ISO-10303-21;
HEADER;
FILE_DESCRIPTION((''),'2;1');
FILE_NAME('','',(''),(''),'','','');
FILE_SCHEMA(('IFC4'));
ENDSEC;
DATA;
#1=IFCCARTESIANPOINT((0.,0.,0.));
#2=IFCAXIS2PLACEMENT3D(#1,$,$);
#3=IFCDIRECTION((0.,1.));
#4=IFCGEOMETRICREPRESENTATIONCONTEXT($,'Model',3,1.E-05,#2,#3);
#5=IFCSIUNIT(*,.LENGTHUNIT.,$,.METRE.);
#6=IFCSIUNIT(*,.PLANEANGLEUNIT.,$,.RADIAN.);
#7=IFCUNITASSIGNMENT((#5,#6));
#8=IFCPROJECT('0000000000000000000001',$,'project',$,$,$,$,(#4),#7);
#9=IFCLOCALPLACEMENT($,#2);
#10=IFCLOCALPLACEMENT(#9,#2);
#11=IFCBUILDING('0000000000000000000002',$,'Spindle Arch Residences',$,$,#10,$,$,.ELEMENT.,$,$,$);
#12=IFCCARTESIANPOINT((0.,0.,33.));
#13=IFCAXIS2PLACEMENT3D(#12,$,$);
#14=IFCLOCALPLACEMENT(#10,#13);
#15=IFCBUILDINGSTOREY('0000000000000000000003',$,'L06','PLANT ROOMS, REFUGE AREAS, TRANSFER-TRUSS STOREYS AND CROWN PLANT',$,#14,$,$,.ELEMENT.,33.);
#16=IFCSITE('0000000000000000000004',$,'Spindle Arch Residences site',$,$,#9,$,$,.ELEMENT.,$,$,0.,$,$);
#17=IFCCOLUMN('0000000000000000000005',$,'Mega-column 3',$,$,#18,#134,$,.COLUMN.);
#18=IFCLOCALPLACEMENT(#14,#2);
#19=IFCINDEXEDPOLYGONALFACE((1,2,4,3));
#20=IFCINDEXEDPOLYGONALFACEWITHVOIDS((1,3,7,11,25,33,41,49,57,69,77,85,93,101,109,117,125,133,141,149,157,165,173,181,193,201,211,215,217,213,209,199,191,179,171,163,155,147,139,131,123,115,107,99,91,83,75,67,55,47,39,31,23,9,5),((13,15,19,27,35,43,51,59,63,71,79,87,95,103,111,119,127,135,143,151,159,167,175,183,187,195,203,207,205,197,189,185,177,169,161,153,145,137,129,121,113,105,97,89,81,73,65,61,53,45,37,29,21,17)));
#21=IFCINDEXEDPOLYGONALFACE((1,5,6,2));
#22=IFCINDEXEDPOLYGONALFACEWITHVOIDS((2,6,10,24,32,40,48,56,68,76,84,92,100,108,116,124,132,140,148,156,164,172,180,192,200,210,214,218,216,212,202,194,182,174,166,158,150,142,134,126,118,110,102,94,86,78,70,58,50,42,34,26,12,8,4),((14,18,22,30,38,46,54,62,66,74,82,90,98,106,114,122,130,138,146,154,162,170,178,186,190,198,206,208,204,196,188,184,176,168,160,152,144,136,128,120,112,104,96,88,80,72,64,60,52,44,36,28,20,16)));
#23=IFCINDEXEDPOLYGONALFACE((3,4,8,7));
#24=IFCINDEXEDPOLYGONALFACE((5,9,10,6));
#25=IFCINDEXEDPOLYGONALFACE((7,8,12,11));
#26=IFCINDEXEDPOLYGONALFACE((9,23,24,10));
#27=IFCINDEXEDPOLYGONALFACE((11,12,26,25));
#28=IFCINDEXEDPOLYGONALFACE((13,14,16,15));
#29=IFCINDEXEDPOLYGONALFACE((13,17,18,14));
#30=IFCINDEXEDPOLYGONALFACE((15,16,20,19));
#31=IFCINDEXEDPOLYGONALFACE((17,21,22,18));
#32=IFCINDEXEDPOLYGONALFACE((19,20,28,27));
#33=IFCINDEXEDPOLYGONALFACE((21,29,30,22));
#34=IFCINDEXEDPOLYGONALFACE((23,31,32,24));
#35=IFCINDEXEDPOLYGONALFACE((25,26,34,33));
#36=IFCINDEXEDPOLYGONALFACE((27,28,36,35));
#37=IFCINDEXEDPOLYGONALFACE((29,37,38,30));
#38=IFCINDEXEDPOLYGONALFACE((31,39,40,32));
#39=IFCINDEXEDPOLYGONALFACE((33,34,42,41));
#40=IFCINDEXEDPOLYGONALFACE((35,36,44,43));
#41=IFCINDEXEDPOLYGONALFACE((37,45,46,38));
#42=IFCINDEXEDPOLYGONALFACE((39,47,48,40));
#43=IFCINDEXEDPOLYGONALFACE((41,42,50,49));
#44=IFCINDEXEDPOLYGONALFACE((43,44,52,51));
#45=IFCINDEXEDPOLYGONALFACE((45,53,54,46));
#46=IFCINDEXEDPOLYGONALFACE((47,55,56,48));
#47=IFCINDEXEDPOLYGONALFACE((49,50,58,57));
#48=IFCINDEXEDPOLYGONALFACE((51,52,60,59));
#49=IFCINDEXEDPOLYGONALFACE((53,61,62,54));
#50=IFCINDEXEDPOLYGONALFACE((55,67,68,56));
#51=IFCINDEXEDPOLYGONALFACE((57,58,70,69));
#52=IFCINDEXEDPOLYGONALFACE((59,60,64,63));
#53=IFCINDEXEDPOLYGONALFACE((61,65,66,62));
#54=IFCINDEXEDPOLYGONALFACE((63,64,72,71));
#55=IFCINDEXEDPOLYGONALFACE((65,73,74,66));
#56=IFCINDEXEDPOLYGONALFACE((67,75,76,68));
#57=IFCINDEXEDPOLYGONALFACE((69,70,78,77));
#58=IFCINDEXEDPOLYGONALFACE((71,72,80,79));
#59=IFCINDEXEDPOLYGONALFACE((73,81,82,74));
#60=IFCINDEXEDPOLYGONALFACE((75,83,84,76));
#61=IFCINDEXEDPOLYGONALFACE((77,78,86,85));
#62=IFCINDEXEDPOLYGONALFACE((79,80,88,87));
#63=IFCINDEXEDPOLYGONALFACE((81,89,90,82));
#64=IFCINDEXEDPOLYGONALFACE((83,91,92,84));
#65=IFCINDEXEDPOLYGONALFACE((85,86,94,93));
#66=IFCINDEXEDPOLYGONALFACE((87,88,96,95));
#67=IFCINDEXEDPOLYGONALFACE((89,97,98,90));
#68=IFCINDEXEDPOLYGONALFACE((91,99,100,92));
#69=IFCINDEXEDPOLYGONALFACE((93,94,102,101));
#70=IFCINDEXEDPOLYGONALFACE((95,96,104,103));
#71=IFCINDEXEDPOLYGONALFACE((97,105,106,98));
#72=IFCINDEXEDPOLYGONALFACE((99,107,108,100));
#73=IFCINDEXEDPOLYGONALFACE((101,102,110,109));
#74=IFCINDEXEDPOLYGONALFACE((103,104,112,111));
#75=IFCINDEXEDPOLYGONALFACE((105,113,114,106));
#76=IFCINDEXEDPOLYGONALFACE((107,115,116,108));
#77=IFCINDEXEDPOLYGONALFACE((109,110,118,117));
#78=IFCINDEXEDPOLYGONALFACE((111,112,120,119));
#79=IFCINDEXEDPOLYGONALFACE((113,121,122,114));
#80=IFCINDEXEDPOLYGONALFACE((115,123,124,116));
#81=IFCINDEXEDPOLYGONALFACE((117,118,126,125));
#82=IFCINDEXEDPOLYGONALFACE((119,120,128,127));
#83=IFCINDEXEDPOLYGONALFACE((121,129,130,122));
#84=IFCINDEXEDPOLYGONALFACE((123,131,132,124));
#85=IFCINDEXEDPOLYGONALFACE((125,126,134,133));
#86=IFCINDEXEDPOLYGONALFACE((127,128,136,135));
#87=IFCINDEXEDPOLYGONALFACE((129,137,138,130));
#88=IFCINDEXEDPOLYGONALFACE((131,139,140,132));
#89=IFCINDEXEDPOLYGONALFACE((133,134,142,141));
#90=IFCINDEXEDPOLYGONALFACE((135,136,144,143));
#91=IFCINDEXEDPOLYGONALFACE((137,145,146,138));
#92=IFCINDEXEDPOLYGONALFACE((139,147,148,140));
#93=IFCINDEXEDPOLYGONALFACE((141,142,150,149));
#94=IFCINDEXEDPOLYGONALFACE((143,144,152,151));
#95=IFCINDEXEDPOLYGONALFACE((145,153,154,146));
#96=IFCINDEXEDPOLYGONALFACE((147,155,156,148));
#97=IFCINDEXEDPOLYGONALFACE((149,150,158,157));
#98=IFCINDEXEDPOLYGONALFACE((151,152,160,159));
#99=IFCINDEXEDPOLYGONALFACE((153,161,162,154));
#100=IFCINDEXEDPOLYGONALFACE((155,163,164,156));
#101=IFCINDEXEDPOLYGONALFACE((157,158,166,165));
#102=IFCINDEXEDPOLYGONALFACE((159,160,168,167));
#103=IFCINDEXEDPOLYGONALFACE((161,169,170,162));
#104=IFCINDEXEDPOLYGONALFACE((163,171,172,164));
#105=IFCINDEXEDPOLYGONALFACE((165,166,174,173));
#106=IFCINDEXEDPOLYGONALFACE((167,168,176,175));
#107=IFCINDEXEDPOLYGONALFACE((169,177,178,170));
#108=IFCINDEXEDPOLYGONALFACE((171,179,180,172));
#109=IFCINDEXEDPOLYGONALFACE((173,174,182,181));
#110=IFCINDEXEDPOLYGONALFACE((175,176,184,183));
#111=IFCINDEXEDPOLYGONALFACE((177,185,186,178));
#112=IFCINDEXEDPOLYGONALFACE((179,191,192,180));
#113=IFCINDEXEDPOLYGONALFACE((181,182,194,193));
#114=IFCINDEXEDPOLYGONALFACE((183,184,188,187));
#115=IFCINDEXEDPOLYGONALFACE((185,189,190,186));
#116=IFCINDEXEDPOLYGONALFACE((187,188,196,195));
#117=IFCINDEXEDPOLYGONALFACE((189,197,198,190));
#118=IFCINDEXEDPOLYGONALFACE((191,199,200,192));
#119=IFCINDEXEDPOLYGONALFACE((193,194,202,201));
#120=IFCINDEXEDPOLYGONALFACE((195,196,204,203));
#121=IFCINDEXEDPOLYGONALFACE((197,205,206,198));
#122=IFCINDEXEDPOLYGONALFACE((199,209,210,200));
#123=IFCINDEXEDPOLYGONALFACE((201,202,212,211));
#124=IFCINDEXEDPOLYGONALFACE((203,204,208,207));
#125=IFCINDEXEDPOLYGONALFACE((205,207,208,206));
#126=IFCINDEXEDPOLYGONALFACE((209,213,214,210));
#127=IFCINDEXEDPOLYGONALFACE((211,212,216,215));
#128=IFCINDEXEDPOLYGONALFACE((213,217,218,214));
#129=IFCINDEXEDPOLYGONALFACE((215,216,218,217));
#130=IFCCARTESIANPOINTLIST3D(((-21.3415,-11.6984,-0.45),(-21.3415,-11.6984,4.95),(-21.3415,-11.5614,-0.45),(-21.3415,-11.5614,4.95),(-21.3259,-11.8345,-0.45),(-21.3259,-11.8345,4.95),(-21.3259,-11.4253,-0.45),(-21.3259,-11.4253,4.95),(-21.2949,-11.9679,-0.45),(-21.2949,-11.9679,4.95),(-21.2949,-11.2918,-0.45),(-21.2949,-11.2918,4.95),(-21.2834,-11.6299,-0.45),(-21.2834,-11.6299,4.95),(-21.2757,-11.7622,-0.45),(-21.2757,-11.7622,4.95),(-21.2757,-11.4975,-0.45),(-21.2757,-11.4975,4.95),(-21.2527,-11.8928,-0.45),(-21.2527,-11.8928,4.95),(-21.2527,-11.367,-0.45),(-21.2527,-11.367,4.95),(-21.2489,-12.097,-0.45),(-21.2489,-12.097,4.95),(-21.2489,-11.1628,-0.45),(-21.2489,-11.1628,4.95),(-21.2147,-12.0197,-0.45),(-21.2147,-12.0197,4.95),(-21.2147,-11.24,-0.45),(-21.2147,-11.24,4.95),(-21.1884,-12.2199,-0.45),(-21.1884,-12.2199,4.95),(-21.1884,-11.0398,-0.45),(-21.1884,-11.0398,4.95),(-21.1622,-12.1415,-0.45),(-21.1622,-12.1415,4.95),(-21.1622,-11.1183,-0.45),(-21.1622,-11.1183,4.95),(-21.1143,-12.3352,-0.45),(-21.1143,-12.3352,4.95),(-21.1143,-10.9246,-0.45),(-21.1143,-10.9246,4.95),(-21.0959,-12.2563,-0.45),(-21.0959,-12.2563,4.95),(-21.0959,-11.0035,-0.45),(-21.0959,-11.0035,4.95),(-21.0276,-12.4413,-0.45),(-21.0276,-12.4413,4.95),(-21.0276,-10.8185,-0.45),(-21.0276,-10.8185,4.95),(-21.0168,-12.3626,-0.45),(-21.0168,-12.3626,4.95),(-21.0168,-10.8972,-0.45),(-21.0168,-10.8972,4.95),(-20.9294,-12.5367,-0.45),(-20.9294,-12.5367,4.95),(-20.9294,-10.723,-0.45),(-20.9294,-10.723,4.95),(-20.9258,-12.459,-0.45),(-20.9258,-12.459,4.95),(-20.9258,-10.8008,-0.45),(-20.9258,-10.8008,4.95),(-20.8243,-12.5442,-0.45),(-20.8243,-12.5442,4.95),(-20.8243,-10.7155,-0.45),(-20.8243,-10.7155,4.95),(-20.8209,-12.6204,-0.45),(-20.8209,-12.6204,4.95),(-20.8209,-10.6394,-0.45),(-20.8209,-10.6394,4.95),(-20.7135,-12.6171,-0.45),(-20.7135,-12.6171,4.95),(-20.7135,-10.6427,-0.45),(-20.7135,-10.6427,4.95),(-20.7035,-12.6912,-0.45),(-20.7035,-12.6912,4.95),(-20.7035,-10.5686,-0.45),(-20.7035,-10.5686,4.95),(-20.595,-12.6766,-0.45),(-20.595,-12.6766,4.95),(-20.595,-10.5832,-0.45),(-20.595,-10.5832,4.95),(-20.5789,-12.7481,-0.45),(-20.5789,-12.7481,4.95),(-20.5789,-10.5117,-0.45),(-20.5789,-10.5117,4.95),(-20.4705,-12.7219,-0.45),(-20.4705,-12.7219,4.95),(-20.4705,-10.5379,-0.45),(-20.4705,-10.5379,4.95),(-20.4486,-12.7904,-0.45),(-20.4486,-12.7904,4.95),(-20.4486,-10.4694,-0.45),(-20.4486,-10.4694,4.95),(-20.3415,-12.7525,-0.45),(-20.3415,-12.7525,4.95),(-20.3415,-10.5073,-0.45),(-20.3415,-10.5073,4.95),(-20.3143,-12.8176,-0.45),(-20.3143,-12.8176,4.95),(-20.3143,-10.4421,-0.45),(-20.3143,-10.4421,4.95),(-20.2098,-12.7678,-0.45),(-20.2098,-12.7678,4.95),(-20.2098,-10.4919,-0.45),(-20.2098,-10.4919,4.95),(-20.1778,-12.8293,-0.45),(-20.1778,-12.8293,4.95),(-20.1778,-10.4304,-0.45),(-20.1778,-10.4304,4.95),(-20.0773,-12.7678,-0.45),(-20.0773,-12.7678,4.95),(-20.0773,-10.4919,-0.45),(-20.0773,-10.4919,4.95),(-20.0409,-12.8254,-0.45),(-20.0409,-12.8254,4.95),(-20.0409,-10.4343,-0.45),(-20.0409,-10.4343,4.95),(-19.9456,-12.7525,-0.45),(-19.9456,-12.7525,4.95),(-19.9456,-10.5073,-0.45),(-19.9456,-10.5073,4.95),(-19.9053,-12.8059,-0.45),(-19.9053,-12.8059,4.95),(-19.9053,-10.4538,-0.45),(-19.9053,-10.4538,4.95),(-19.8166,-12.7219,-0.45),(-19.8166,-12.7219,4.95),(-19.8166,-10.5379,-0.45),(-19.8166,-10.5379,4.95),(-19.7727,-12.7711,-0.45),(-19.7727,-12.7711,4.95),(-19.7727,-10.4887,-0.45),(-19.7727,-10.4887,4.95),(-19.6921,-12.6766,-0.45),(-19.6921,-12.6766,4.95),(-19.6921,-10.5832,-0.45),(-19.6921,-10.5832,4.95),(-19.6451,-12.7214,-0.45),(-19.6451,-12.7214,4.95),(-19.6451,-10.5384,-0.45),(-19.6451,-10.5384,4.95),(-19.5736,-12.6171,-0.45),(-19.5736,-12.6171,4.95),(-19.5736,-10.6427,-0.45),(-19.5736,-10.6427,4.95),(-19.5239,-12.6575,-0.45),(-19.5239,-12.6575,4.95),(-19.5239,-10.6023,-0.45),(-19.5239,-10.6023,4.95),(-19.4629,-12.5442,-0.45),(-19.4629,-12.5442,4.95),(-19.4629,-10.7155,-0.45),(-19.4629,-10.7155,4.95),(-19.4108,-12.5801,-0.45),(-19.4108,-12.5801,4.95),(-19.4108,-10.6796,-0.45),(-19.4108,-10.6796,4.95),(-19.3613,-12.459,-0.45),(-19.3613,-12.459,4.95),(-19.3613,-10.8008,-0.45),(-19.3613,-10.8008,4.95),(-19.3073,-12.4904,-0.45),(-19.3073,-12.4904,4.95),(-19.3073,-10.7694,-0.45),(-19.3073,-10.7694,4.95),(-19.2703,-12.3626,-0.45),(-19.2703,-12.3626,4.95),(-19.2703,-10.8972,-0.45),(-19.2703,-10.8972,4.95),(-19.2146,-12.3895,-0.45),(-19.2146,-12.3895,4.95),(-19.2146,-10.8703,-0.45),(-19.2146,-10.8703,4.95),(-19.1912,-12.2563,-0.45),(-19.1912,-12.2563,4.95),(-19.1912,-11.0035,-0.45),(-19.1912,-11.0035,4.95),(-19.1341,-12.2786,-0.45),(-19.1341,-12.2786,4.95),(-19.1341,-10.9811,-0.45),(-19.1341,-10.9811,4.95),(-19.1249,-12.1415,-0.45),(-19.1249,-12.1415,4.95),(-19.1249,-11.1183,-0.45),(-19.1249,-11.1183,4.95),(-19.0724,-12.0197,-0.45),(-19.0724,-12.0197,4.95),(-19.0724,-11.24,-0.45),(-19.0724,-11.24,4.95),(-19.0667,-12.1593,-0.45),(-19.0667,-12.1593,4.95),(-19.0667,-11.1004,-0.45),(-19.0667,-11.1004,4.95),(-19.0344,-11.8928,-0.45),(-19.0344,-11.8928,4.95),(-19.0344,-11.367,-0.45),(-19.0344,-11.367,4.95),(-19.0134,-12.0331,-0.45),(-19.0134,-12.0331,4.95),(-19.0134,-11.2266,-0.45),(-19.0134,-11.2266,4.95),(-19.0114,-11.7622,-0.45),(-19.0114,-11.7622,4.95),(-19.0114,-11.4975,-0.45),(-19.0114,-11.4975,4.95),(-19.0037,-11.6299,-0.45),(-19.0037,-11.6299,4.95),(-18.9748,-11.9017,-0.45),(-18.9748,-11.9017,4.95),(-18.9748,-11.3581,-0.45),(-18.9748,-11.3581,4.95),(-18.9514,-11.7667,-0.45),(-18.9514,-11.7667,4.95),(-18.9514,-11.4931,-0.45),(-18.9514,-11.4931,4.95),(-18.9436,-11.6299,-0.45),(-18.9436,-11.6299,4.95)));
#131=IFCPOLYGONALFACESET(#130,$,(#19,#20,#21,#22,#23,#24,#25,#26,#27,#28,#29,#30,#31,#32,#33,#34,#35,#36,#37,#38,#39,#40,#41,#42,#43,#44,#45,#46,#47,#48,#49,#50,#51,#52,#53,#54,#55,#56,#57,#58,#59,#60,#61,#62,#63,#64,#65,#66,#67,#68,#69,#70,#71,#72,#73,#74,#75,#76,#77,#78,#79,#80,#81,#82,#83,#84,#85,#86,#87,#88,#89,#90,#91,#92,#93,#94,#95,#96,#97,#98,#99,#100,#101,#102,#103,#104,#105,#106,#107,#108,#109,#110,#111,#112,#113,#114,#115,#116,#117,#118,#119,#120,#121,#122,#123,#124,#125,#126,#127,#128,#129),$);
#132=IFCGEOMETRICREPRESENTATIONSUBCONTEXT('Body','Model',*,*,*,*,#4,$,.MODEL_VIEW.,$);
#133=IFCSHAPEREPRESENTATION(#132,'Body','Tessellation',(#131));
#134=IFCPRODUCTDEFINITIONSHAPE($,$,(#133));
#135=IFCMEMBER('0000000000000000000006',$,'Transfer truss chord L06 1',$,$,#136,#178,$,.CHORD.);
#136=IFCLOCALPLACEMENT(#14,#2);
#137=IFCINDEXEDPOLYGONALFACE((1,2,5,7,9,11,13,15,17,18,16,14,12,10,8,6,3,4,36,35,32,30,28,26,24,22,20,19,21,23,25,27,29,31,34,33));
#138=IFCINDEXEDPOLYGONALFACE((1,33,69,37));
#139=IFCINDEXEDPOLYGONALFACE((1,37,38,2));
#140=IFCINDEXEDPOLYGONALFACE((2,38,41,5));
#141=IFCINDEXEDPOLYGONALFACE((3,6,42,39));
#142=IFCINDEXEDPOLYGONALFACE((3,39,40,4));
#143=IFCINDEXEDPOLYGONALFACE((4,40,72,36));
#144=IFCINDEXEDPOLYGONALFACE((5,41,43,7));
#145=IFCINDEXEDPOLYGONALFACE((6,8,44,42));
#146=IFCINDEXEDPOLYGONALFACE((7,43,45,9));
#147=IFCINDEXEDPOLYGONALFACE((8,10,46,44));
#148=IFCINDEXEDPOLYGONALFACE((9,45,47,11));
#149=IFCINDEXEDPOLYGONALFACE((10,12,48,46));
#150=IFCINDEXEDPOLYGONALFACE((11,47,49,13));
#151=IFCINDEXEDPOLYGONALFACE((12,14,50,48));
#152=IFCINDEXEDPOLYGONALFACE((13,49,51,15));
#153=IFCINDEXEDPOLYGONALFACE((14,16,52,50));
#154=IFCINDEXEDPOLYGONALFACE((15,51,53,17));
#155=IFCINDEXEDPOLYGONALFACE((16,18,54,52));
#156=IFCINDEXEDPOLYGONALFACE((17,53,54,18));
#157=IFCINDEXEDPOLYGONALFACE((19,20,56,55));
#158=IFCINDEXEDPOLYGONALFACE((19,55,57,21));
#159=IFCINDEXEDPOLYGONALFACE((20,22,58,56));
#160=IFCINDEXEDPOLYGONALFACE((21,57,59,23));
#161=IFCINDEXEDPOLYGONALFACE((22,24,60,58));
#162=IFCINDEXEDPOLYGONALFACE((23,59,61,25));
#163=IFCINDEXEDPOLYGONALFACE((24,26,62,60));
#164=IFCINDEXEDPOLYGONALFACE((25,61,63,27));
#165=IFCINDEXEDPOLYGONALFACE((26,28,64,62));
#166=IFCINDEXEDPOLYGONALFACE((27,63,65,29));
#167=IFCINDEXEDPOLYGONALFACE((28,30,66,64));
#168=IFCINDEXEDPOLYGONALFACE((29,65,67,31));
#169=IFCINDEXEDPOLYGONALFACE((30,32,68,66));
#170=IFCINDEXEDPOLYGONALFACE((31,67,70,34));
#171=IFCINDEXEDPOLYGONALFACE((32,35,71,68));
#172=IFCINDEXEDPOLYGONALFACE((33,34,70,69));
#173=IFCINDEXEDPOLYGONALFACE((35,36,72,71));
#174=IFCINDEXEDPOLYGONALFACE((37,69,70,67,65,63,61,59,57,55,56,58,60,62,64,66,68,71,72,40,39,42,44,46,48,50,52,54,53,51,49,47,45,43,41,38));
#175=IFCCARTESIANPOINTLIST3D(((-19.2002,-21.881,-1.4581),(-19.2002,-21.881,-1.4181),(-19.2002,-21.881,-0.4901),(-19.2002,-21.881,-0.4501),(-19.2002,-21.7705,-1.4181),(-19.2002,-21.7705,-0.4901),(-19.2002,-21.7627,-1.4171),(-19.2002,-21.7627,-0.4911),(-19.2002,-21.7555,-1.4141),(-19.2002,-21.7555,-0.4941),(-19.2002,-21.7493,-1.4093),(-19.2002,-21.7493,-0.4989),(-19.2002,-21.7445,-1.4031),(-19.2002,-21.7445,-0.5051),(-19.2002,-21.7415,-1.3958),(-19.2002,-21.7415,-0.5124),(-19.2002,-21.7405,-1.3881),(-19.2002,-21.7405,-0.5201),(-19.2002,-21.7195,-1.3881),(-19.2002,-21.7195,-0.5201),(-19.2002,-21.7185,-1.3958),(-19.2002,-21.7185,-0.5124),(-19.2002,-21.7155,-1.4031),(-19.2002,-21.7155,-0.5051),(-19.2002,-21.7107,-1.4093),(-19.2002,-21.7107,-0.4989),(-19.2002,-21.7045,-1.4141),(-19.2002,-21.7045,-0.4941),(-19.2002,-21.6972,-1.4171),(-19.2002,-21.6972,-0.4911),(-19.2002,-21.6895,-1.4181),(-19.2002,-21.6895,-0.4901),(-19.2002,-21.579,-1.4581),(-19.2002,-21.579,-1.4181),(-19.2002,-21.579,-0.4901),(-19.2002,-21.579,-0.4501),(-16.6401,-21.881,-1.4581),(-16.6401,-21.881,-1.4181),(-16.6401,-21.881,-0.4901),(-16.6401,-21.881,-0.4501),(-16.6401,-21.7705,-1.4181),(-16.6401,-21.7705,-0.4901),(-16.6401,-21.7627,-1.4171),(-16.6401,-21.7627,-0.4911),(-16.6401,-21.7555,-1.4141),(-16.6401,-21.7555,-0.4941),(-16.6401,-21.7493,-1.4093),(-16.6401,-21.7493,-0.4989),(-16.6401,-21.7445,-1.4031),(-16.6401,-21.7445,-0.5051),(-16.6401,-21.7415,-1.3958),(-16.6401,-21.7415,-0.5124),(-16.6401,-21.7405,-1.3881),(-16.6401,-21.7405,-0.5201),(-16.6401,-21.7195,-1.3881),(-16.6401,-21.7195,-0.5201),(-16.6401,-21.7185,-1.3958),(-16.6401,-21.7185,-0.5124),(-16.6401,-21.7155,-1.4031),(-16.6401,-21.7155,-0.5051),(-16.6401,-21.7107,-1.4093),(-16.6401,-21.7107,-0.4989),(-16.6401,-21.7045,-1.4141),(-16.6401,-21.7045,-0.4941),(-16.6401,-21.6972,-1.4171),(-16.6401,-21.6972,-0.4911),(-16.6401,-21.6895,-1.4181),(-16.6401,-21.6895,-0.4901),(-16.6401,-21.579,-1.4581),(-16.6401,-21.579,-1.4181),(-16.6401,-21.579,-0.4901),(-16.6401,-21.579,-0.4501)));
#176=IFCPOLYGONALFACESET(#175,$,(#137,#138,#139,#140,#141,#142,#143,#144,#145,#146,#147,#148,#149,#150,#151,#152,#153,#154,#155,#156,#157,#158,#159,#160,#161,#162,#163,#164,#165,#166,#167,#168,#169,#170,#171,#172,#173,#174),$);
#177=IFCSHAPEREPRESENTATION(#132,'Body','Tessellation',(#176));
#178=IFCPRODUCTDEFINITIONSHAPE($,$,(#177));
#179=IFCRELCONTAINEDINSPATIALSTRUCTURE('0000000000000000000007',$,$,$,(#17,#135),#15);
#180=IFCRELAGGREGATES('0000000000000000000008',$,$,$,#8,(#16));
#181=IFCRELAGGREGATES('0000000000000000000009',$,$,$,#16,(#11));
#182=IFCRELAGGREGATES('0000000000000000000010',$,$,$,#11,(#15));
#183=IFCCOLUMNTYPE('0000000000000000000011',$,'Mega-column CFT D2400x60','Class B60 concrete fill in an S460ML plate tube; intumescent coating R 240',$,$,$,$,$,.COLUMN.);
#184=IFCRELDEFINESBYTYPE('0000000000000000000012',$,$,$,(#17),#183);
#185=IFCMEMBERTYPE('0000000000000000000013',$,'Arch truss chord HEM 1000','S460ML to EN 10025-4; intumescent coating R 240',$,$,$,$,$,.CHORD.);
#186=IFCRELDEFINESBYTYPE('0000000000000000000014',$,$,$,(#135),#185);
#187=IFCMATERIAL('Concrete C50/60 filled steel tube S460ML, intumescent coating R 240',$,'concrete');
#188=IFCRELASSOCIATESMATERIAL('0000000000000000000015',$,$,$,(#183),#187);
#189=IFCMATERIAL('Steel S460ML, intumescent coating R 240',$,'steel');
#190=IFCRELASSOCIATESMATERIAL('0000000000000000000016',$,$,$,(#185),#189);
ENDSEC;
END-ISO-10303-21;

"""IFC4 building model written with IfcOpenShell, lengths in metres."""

from ifc_helpers import new_model, si_unit, direction, frame, origin, origin_2d, place, context, subcontext, project, spatial, hollow_circle, i_section, extrude, material, material_profile, profile_set, type_object, element, save


model = new_model("IFC4")

# Units and contexts
model_context = context("Model", 3, precision=1e-05, world=origin(), true_north=direction((0.0, 1.0)))
body_context = subcontext(model_context, "Body", "Model", "MODEL_VIEW")
ifc_project = project(units=[si_unit("LENGTHUNIT", "METRE"), si_unit("PLANEANGLEUNIT", "RADIAN")], contexts=[model_context])

# Site, building, storey
site_placement = place(None, origin())
site = spatial("IfcSite", under=ifc_project, at=site_placement, Name="Spindle Arch Residences site", CompositionType="ELEMENT", RefElevation=0.0)
building_placement = place(site_placement, origin())
building = spatial("IfcBuilding", under=site, at=building_placement, Name="Spindle Arch Residences", CompositionType="ELEMENT")
storey_placement = place(building_placement, frame((0.0, 0.0, 33.0)))
storey = spatial("IfcBuildingStorey", under=building, at=storey_placement, Name="L06", Description="PLANT ROOMS, REFUGE AREAS, TRANSFER-TRUSS STOREYS AND CROWN PLANT", CompositionType="ELEMENT", Elevation=33.0)

# Column
ifc_material_1 = material(Name="Concrete C50/60 filled steel tube S460ML, intumescent coating R 240", Category="concrete")
ifc_material_profile_1 = material_profile(ifc_material_1, hollow_circle(Radius=1.2, WallThickness=0.0601, at=origin_2d()), Name="CFT D2400x60")
ifc_profile_set_1 = profile_set([ifc_material_profile_1], Name="Concrete C50/60 filled steel tube S460ML, intumescent coating R 240")
column_type = type_object("IfcColumnType", Name="Mega-column CFT D2400x60", Description="Class B60 concrete fill in an S460ML plate tube; intumescent coating R 240", PredefinedType="COLUMN", material=ifc_profile_set_1)
column_placement = place(storey_placement, frame((-20.1436, -11.6299, -0.45), z_axis=(0.0, 0.0, 1.0), x_axis=(1.0, 0.0, 0.0)))
element("IfcColumn", 1, at=column_placement, inside=storey, type_object=column_type, Name="Mega-column 3", PredefinedType="COLUMN", context=body_context, shape_type="SweptSolid", body=[
    extrude(hollow_circle(Radius=1.2, WallThickness=0.0601, at=origin_2d()), origin(), (0.0, 0.0, 1.0), 5.3999),
])

# Member
ifc_material_2 = material(Name="Steel S460ML, intumescent coating R 240", Category="steel")
ifc_material_profile_2 = material_profile(ifc_material_2, i_section(OverallWidth=0.302, OverallDepth=1.0081, WebThickness=0.021, FlangeThickness=0.04, FilletRadius=0.03, at=origin_2d()), Name="HEM 1000")
ifc_profile_set_2 = profile_set([ifc_material_profile_2], Name="Steel S460ML, intumescent coating R 240")
member_type_1 = type_object("IfcMemberType", Name="Arch truss chord HEM 1000", Description="S460ML to EN 10025-4; intumescent coating R 240", PredefinedType="CHORD", material=ifc_profile_set_2)
for number, where, z_axis, x_axis, name in (
    (2, (-19.2002, -21.73, -0.9541), (1.0, 0.0, 0.0), (0.0, 1.0, 0.0), "Transfer truss chord L06 1"),
):
    element("IfcMember", number, at=place(storey_placement, frame(where, z_axis=z_axis, x_axis=x_axis)), inside=storey, type_object=member_type_1, Name=name, PredefinedType="CHORD", context=body_context, shape_type="SweptSolid", body=[
        extrude(i_section(OverallWidth=0.302, OverallDepth=1.0081, WebThickness=0.021, FlangeThickness=0.04, FilletRadius=0.03, at=origin_2d()), origin(), (0.0, 0.0, 1.0), 2.5601),
    ])

save(model, "model.ifc")
